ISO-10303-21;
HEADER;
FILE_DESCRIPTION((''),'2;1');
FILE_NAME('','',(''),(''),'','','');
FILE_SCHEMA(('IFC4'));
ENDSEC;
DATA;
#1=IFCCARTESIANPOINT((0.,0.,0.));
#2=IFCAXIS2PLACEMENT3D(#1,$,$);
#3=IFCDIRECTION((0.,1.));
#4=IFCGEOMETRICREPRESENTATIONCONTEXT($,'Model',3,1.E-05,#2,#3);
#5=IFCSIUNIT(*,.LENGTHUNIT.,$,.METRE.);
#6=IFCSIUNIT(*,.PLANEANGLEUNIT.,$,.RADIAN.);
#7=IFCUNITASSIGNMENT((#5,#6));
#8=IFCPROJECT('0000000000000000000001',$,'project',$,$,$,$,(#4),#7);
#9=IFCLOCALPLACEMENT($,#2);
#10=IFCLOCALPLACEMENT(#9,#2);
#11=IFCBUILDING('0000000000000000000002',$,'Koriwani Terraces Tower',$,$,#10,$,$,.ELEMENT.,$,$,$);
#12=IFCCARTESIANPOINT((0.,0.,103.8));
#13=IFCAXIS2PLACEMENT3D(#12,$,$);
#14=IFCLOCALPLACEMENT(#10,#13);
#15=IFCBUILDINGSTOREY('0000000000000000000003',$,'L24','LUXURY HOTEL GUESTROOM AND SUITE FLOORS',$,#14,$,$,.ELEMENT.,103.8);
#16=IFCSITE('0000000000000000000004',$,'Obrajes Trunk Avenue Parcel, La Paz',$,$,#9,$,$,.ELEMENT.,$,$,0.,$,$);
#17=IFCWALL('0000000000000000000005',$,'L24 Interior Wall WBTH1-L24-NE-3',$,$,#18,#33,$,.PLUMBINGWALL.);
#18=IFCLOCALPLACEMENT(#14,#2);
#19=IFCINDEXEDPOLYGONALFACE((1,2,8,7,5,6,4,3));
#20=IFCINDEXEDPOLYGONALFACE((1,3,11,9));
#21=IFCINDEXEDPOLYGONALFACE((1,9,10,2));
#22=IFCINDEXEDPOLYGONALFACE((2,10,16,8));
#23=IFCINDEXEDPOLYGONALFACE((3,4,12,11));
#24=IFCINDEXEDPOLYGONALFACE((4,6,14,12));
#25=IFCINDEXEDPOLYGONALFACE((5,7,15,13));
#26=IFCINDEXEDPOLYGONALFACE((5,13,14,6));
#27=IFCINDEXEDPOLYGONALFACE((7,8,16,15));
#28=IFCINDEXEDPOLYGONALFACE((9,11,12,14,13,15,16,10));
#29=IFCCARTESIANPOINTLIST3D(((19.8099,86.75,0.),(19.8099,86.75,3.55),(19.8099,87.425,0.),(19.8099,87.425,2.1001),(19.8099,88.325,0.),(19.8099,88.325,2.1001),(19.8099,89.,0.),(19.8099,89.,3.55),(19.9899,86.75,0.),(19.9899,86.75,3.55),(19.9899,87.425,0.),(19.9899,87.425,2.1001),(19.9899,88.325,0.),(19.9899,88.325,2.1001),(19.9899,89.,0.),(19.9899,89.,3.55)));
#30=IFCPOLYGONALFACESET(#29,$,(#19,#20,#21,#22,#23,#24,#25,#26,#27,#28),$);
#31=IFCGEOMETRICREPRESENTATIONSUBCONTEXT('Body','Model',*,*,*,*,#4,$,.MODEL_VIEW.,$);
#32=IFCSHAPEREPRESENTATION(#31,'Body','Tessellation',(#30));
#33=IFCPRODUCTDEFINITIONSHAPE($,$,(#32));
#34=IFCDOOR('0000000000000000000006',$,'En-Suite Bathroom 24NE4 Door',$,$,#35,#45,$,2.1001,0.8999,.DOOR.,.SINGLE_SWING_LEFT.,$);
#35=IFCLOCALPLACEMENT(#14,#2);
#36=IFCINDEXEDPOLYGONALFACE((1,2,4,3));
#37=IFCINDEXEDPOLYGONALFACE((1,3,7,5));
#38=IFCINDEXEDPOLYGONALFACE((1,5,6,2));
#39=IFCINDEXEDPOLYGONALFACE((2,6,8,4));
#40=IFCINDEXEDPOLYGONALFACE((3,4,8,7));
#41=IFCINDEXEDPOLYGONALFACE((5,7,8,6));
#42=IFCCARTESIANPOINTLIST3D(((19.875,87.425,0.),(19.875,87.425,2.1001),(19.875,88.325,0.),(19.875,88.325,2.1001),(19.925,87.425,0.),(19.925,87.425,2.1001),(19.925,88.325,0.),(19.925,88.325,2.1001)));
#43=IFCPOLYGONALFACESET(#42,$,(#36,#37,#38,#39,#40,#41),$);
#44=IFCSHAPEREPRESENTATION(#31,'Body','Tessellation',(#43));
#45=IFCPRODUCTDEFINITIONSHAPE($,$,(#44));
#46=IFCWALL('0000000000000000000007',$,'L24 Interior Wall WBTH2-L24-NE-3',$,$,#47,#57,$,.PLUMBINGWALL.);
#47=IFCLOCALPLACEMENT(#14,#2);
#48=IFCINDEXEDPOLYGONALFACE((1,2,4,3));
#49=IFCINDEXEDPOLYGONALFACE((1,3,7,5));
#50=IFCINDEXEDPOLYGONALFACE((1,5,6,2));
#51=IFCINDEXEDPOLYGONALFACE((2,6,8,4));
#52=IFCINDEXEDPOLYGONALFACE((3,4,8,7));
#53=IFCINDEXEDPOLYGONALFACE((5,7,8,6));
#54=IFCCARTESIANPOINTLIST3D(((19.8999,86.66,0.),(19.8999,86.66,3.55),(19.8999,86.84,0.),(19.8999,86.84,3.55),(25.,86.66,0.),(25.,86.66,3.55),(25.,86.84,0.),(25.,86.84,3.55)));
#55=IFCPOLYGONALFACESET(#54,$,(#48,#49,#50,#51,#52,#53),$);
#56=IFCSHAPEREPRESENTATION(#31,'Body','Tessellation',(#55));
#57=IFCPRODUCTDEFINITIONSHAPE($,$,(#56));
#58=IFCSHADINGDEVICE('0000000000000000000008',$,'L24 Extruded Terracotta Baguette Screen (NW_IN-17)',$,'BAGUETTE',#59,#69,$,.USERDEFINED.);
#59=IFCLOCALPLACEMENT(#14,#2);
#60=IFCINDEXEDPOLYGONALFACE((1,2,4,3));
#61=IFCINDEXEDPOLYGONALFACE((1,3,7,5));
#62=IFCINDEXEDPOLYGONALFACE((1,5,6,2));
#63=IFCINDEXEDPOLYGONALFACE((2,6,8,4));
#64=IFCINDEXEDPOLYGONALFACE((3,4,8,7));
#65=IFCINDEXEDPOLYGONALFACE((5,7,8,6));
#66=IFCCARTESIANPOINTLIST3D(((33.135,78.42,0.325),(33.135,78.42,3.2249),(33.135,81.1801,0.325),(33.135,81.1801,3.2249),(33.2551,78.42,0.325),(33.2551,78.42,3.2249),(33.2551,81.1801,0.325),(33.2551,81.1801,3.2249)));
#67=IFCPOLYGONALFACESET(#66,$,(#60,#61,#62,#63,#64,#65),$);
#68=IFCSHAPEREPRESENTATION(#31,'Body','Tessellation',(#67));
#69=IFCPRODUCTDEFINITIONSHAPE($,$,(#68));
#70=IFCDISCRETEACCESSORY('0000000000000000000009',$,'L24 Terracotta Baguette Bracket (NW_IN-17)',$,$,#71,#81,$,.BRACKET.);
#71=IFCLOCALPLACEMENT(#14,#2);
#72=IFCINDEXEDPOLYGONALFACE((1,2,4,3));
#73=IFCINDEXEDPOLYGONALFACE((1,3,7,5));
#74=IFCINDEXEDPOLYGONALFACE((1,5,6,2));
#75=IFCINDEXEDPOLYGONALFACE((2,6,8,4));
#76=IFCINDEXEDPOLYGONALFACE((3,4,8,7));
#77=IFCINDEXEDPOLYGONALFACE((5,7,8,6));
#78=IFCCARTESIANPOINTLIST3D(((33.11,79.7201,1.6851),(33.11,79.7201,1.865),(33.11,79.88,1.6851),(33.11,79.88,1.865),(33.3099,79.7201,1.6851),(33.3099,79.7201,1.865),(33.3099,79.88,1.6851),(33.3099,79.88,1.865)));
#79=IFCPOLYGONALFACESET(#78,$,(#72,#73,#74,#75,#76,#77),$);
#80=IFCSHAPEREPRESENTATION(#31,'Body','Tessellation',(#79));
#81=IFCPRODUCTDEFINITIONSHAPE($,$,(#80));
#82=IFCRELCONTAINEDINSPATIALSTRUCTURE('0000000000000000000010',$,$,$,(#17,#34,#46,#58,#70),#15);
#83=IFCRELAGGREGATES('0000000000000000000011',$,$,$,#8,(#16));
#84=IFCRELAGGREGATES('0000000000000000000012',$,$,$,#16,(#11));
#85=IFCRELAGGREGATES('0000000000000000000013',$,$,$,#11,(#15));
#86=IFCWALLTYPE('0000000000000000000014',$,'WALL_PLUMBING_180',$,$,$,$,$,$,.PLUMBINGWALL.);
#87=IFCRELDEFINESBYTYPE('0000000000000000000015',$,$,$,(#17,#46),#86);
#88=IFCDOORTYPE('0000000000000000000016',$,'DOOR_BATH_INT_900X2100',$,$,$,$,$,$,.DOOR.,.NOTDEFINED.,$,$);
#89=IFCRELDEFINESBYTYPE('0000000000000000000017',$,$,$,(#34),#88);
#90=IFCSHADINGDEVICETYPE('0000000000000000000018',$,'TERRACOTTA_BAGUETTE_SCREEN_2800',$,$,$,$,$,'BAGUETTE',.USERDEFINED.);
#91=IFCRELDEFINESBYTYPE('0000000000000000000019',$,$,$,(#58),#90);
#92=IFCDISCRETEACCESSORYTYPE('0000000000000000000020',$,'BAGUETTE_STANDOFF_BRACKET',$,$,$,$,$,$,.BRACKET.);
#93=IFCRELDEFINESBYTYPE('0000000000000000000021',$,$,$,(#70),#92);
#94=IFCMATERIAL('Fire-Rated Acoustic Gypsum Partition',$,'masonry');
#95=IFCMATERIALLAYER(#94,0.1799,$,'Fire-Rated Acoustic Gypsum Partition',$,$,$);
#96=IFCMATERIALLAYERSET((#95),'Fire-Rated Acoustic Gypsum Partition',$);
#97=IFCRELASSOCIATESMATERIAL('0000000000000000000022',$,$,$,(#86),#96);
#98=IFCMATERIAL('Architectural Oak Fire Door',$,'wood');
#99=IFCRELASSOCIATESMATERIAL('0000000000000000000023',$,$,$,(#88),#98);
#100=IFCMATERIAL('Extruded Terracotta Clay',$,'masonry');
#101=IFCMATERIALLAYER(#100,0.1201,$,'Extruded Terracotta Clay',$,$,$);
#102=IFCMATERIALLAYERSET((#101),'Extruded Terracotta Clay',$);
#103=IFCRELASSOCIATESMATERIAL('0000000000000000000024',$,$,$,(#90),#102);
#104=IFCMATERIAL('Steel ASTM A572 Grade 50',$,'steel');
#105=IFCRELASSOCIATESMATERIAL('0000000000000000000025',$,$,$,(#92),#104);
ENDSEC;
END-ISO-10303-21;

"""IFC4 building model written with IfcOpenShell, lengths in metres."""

from ifc_helpers import new_model, si_unit, direction, frame, frame_2d, origin, origin_2d, place, context, subcontext, project, spatial, rectangle, extrude, material, layer, layer_set, type_object, element, fill, save


model = new_model("IFC4")

# Units and contexts
model_context = context("Model", 3, precision=1e-05, world=origin(), true_north=direction((0.0, 1.0)))
body_context = subcontext(model_context, "Body", "Model", "MODEL_VIEW")
ifc_project = project(units=[si_unit("LENGTHUNIT", "METRE"), si_unit("PLANEANGLEUNIT", "RADIAN")], contexts=[model_context])

# Site, building, storey
site_placement = place(None, origin())
site = spatial("IfcSite", under=ifc_project, at=site_placement, Name="Obrajes Trunk Avenue Parcel, La Paz", CompositionType="ELEMENT", RefElevation=0.0)
building_placement = place(site_placement, origin())
building = spatial("IfcBuilding", under=site, at=building_placement, Name="Koriwani Terraces Tower", CompositionType="ELEMENT")
storey_placement = place(building_placement, frame((0.0, 0.0, 103.8)))
storey = spatial("IfcBuildingStorey", under=building, at=storey_placement, Name="L24", Description="LUXURY HOTEL GUESTROOM AND SUITE FLOORS", CompositionType="ELEMENT", Elevation=103.8)

# Shared definitions
ifc_material_1 = material(Name="Steel ASTM A572 Grade 50", Category="steel")

# Shared definitions
ifc_material_2 = material(Name="Fire-Rated Acoustic Gypsum Partition", Category="masonry")
ifc_layer_1 = layer(ifc_material_2, 0.1799, Name="Fire-Rated Acoustic Gypsum Partition")
ifc_layer_set_1 = layer_set([ifc_layer_1], Name="Fire-Rated Acoustic Gypsum Partition")
wall_type_1 = type_object("IfcWallType", Name="WALL_PLUMBING_180", PredefinedType="PLUMBINGWALL", material=ifc_layer_set_1)
ifc_material_3 = material(Name="Architectural Oak Fire Door", Category="wood")
door_type = type_object("IfcDoorType", Name="DOOR_BATH_INT_900X2100", OperationType="NOTDEFINED", PredefinedType="DOOR", material=ifc_material_3)

# Wall, opening, door
wall_1_placement = place(storey_placement, frame((19.8999, 86.75, 0.0), z_axis=(0.0, 0.0, 1.0), x_axis=(0.0, 1.0, 0.0)))
wall_1 = element("IfcWall", 1, at=wall_1_placement, inside=storey, type_object=wall_type_1, Name="L24 Interior Wall WBTH1-L24-NE-3", PredefinedType="PLUMBINGWALL", context=body_context, shape_type="SweptSolid", body=[
    extrude(rectangle(XDim=2.25, YDim=0.1799, at=frame_2d((1.125, 0.0))), origin(), (0.0, 0.0, 1.0), 3.55),
])
opening_1_placement = place(wall_1_placement, frame((0.675, 0.0, 0.0)))
opening_1 = element("IfcOpeningElement", 2, at=opening_1_placement, cuts=wall_1, PredefinedType="OPENING", context=body_context, shape_type="SweptSolid", body=[
    extrude(rectangle(XDim=0.8999, YDim=2.1001, at=frame_2d((0.45, 1.05))), frame((0.0, 0.1001, 0.0), z_axis=(0.0, -1.0, 0.0), x_axis=(1.0, 0.0, 0.0)), (0.0, 0.0, 1.0), 0.2),
])
door_1_placement = place(opening_1_placement, origin())
door_1 = element("IfcDoor", 3, at=door_1_placement, inside=storey, type_object=door_type, Name="En-Suite Bathroom 24NE4 Door", OperationType="SINGLE_SWING_LEFT", OverallHeight=2.1001, OverallWidth=0.8999, PredefinedType="DOOR", context=body_context, shape_type="SweptSolid", body=[
    extrude(rectangle(XDim=0.8999, YDim=2.1001, at=frame_2d((0.45, 1.05))), frame((0.0, 0.0249, 0.0), z_axis=(0.0, -1.0, 0.0), x_axis=(1.0, 0.0, 0.0)), (0.0, 0.0, 1.0), 0.05),
])
fill(opening_1, door_1)

# Wall
wall_2_placement = place(storey_placement, frame((19.8999, 86.75, 0.0), z_axis=(0.0, 0.0, 1.0), x_axis=(1.0, 0.0, 0.0)))
element("IfcWall", 4, at=wall_2_placement, inside=storey, type_object=wall_type_1, Name="L24 Interior Wall WBTH2-L24-NE-3", PredefinedType="PLUMBINGWALL", context=body_context, shape_type="SweptSolid", body=[
    extrude(rectangle(XDim=5.1001, YDim=0.1799, at=frame_2d((2.55, 0.0))), origin(), (0.0, 0.0, 1.0), 3.55),
])

# Shading device
ifc_material_4 = material(Name="Extruded Terracotta Clay", Category="masonry")
ifc_layer_2 = layer(ifc_material_4, 0.1201, Name="Extruded Terracotta Clay")
ifc_layer_set_2 = layer_set([ifc_layer_2], Name="Extruded Terracotta Clay")
shading_device_type = type_object("IfcShadingDeviceType", Name="TERRACOTTA_BAGUETTE_SCREEN_2800", ElementType="BAGUETTE", PredefinedType="USERDEFINED", material=ifc_layer_set_2)
shading_device_placement = place(storey_placement, frame((33.1951, 79.8, 0.325), z_axis=(0.0, 0.0, 1.0), x_axis=(0.0, -1.0, 0.0)))
element("IfcShadingDevice", 5, at=shading_device_placement, inside=storey, type_object=shading_device_type, Name="L24 Extruded Terracotta Baguette Screen (NW_IN-17)", ObjectType="BAGUETTE", PredefinedType="USERDEFINED", context=body_context, shape_type="SweptSolid", body=[
    extrude(rectangle(XDim=2.76, YDim=0.1201, at=origin_2d()), origin(), (0.0, 0.0, 1.0), 2.8999),
])

# Discrete accessory
discrete_accessory_type = type_object("IfcDiscreteAccessoryType", Name="BAGUETTE_STANDOFF_BRACKET", PredefinedType="BRACKET", material=ifc_material_1)
discrete_accessory_placement = place(storey_placement, frame((33.21, 79.8, 1.6851), z_axis=(0.0, 0.0, 1.0), x_axis=(0.0, -1.0, 0.0)))
element("IfcDiscreteAccessory", 6, at=discrete_accessory_placement, inside=storey, type_object=discrete_accessory_type, Name="L24 Terracotta Baguette Bracket (NW_IN-17)", PredefinedType="BRACKET", context=body_context, shape_type="SweptSolid", body=[
    extrude(rectangle(XDim=0.1599, YDim=0.2, at=origin_2d()), origin(), (0.0, 0.0, 1.0), 0.1799),
])

save(model, "model.ifc")
